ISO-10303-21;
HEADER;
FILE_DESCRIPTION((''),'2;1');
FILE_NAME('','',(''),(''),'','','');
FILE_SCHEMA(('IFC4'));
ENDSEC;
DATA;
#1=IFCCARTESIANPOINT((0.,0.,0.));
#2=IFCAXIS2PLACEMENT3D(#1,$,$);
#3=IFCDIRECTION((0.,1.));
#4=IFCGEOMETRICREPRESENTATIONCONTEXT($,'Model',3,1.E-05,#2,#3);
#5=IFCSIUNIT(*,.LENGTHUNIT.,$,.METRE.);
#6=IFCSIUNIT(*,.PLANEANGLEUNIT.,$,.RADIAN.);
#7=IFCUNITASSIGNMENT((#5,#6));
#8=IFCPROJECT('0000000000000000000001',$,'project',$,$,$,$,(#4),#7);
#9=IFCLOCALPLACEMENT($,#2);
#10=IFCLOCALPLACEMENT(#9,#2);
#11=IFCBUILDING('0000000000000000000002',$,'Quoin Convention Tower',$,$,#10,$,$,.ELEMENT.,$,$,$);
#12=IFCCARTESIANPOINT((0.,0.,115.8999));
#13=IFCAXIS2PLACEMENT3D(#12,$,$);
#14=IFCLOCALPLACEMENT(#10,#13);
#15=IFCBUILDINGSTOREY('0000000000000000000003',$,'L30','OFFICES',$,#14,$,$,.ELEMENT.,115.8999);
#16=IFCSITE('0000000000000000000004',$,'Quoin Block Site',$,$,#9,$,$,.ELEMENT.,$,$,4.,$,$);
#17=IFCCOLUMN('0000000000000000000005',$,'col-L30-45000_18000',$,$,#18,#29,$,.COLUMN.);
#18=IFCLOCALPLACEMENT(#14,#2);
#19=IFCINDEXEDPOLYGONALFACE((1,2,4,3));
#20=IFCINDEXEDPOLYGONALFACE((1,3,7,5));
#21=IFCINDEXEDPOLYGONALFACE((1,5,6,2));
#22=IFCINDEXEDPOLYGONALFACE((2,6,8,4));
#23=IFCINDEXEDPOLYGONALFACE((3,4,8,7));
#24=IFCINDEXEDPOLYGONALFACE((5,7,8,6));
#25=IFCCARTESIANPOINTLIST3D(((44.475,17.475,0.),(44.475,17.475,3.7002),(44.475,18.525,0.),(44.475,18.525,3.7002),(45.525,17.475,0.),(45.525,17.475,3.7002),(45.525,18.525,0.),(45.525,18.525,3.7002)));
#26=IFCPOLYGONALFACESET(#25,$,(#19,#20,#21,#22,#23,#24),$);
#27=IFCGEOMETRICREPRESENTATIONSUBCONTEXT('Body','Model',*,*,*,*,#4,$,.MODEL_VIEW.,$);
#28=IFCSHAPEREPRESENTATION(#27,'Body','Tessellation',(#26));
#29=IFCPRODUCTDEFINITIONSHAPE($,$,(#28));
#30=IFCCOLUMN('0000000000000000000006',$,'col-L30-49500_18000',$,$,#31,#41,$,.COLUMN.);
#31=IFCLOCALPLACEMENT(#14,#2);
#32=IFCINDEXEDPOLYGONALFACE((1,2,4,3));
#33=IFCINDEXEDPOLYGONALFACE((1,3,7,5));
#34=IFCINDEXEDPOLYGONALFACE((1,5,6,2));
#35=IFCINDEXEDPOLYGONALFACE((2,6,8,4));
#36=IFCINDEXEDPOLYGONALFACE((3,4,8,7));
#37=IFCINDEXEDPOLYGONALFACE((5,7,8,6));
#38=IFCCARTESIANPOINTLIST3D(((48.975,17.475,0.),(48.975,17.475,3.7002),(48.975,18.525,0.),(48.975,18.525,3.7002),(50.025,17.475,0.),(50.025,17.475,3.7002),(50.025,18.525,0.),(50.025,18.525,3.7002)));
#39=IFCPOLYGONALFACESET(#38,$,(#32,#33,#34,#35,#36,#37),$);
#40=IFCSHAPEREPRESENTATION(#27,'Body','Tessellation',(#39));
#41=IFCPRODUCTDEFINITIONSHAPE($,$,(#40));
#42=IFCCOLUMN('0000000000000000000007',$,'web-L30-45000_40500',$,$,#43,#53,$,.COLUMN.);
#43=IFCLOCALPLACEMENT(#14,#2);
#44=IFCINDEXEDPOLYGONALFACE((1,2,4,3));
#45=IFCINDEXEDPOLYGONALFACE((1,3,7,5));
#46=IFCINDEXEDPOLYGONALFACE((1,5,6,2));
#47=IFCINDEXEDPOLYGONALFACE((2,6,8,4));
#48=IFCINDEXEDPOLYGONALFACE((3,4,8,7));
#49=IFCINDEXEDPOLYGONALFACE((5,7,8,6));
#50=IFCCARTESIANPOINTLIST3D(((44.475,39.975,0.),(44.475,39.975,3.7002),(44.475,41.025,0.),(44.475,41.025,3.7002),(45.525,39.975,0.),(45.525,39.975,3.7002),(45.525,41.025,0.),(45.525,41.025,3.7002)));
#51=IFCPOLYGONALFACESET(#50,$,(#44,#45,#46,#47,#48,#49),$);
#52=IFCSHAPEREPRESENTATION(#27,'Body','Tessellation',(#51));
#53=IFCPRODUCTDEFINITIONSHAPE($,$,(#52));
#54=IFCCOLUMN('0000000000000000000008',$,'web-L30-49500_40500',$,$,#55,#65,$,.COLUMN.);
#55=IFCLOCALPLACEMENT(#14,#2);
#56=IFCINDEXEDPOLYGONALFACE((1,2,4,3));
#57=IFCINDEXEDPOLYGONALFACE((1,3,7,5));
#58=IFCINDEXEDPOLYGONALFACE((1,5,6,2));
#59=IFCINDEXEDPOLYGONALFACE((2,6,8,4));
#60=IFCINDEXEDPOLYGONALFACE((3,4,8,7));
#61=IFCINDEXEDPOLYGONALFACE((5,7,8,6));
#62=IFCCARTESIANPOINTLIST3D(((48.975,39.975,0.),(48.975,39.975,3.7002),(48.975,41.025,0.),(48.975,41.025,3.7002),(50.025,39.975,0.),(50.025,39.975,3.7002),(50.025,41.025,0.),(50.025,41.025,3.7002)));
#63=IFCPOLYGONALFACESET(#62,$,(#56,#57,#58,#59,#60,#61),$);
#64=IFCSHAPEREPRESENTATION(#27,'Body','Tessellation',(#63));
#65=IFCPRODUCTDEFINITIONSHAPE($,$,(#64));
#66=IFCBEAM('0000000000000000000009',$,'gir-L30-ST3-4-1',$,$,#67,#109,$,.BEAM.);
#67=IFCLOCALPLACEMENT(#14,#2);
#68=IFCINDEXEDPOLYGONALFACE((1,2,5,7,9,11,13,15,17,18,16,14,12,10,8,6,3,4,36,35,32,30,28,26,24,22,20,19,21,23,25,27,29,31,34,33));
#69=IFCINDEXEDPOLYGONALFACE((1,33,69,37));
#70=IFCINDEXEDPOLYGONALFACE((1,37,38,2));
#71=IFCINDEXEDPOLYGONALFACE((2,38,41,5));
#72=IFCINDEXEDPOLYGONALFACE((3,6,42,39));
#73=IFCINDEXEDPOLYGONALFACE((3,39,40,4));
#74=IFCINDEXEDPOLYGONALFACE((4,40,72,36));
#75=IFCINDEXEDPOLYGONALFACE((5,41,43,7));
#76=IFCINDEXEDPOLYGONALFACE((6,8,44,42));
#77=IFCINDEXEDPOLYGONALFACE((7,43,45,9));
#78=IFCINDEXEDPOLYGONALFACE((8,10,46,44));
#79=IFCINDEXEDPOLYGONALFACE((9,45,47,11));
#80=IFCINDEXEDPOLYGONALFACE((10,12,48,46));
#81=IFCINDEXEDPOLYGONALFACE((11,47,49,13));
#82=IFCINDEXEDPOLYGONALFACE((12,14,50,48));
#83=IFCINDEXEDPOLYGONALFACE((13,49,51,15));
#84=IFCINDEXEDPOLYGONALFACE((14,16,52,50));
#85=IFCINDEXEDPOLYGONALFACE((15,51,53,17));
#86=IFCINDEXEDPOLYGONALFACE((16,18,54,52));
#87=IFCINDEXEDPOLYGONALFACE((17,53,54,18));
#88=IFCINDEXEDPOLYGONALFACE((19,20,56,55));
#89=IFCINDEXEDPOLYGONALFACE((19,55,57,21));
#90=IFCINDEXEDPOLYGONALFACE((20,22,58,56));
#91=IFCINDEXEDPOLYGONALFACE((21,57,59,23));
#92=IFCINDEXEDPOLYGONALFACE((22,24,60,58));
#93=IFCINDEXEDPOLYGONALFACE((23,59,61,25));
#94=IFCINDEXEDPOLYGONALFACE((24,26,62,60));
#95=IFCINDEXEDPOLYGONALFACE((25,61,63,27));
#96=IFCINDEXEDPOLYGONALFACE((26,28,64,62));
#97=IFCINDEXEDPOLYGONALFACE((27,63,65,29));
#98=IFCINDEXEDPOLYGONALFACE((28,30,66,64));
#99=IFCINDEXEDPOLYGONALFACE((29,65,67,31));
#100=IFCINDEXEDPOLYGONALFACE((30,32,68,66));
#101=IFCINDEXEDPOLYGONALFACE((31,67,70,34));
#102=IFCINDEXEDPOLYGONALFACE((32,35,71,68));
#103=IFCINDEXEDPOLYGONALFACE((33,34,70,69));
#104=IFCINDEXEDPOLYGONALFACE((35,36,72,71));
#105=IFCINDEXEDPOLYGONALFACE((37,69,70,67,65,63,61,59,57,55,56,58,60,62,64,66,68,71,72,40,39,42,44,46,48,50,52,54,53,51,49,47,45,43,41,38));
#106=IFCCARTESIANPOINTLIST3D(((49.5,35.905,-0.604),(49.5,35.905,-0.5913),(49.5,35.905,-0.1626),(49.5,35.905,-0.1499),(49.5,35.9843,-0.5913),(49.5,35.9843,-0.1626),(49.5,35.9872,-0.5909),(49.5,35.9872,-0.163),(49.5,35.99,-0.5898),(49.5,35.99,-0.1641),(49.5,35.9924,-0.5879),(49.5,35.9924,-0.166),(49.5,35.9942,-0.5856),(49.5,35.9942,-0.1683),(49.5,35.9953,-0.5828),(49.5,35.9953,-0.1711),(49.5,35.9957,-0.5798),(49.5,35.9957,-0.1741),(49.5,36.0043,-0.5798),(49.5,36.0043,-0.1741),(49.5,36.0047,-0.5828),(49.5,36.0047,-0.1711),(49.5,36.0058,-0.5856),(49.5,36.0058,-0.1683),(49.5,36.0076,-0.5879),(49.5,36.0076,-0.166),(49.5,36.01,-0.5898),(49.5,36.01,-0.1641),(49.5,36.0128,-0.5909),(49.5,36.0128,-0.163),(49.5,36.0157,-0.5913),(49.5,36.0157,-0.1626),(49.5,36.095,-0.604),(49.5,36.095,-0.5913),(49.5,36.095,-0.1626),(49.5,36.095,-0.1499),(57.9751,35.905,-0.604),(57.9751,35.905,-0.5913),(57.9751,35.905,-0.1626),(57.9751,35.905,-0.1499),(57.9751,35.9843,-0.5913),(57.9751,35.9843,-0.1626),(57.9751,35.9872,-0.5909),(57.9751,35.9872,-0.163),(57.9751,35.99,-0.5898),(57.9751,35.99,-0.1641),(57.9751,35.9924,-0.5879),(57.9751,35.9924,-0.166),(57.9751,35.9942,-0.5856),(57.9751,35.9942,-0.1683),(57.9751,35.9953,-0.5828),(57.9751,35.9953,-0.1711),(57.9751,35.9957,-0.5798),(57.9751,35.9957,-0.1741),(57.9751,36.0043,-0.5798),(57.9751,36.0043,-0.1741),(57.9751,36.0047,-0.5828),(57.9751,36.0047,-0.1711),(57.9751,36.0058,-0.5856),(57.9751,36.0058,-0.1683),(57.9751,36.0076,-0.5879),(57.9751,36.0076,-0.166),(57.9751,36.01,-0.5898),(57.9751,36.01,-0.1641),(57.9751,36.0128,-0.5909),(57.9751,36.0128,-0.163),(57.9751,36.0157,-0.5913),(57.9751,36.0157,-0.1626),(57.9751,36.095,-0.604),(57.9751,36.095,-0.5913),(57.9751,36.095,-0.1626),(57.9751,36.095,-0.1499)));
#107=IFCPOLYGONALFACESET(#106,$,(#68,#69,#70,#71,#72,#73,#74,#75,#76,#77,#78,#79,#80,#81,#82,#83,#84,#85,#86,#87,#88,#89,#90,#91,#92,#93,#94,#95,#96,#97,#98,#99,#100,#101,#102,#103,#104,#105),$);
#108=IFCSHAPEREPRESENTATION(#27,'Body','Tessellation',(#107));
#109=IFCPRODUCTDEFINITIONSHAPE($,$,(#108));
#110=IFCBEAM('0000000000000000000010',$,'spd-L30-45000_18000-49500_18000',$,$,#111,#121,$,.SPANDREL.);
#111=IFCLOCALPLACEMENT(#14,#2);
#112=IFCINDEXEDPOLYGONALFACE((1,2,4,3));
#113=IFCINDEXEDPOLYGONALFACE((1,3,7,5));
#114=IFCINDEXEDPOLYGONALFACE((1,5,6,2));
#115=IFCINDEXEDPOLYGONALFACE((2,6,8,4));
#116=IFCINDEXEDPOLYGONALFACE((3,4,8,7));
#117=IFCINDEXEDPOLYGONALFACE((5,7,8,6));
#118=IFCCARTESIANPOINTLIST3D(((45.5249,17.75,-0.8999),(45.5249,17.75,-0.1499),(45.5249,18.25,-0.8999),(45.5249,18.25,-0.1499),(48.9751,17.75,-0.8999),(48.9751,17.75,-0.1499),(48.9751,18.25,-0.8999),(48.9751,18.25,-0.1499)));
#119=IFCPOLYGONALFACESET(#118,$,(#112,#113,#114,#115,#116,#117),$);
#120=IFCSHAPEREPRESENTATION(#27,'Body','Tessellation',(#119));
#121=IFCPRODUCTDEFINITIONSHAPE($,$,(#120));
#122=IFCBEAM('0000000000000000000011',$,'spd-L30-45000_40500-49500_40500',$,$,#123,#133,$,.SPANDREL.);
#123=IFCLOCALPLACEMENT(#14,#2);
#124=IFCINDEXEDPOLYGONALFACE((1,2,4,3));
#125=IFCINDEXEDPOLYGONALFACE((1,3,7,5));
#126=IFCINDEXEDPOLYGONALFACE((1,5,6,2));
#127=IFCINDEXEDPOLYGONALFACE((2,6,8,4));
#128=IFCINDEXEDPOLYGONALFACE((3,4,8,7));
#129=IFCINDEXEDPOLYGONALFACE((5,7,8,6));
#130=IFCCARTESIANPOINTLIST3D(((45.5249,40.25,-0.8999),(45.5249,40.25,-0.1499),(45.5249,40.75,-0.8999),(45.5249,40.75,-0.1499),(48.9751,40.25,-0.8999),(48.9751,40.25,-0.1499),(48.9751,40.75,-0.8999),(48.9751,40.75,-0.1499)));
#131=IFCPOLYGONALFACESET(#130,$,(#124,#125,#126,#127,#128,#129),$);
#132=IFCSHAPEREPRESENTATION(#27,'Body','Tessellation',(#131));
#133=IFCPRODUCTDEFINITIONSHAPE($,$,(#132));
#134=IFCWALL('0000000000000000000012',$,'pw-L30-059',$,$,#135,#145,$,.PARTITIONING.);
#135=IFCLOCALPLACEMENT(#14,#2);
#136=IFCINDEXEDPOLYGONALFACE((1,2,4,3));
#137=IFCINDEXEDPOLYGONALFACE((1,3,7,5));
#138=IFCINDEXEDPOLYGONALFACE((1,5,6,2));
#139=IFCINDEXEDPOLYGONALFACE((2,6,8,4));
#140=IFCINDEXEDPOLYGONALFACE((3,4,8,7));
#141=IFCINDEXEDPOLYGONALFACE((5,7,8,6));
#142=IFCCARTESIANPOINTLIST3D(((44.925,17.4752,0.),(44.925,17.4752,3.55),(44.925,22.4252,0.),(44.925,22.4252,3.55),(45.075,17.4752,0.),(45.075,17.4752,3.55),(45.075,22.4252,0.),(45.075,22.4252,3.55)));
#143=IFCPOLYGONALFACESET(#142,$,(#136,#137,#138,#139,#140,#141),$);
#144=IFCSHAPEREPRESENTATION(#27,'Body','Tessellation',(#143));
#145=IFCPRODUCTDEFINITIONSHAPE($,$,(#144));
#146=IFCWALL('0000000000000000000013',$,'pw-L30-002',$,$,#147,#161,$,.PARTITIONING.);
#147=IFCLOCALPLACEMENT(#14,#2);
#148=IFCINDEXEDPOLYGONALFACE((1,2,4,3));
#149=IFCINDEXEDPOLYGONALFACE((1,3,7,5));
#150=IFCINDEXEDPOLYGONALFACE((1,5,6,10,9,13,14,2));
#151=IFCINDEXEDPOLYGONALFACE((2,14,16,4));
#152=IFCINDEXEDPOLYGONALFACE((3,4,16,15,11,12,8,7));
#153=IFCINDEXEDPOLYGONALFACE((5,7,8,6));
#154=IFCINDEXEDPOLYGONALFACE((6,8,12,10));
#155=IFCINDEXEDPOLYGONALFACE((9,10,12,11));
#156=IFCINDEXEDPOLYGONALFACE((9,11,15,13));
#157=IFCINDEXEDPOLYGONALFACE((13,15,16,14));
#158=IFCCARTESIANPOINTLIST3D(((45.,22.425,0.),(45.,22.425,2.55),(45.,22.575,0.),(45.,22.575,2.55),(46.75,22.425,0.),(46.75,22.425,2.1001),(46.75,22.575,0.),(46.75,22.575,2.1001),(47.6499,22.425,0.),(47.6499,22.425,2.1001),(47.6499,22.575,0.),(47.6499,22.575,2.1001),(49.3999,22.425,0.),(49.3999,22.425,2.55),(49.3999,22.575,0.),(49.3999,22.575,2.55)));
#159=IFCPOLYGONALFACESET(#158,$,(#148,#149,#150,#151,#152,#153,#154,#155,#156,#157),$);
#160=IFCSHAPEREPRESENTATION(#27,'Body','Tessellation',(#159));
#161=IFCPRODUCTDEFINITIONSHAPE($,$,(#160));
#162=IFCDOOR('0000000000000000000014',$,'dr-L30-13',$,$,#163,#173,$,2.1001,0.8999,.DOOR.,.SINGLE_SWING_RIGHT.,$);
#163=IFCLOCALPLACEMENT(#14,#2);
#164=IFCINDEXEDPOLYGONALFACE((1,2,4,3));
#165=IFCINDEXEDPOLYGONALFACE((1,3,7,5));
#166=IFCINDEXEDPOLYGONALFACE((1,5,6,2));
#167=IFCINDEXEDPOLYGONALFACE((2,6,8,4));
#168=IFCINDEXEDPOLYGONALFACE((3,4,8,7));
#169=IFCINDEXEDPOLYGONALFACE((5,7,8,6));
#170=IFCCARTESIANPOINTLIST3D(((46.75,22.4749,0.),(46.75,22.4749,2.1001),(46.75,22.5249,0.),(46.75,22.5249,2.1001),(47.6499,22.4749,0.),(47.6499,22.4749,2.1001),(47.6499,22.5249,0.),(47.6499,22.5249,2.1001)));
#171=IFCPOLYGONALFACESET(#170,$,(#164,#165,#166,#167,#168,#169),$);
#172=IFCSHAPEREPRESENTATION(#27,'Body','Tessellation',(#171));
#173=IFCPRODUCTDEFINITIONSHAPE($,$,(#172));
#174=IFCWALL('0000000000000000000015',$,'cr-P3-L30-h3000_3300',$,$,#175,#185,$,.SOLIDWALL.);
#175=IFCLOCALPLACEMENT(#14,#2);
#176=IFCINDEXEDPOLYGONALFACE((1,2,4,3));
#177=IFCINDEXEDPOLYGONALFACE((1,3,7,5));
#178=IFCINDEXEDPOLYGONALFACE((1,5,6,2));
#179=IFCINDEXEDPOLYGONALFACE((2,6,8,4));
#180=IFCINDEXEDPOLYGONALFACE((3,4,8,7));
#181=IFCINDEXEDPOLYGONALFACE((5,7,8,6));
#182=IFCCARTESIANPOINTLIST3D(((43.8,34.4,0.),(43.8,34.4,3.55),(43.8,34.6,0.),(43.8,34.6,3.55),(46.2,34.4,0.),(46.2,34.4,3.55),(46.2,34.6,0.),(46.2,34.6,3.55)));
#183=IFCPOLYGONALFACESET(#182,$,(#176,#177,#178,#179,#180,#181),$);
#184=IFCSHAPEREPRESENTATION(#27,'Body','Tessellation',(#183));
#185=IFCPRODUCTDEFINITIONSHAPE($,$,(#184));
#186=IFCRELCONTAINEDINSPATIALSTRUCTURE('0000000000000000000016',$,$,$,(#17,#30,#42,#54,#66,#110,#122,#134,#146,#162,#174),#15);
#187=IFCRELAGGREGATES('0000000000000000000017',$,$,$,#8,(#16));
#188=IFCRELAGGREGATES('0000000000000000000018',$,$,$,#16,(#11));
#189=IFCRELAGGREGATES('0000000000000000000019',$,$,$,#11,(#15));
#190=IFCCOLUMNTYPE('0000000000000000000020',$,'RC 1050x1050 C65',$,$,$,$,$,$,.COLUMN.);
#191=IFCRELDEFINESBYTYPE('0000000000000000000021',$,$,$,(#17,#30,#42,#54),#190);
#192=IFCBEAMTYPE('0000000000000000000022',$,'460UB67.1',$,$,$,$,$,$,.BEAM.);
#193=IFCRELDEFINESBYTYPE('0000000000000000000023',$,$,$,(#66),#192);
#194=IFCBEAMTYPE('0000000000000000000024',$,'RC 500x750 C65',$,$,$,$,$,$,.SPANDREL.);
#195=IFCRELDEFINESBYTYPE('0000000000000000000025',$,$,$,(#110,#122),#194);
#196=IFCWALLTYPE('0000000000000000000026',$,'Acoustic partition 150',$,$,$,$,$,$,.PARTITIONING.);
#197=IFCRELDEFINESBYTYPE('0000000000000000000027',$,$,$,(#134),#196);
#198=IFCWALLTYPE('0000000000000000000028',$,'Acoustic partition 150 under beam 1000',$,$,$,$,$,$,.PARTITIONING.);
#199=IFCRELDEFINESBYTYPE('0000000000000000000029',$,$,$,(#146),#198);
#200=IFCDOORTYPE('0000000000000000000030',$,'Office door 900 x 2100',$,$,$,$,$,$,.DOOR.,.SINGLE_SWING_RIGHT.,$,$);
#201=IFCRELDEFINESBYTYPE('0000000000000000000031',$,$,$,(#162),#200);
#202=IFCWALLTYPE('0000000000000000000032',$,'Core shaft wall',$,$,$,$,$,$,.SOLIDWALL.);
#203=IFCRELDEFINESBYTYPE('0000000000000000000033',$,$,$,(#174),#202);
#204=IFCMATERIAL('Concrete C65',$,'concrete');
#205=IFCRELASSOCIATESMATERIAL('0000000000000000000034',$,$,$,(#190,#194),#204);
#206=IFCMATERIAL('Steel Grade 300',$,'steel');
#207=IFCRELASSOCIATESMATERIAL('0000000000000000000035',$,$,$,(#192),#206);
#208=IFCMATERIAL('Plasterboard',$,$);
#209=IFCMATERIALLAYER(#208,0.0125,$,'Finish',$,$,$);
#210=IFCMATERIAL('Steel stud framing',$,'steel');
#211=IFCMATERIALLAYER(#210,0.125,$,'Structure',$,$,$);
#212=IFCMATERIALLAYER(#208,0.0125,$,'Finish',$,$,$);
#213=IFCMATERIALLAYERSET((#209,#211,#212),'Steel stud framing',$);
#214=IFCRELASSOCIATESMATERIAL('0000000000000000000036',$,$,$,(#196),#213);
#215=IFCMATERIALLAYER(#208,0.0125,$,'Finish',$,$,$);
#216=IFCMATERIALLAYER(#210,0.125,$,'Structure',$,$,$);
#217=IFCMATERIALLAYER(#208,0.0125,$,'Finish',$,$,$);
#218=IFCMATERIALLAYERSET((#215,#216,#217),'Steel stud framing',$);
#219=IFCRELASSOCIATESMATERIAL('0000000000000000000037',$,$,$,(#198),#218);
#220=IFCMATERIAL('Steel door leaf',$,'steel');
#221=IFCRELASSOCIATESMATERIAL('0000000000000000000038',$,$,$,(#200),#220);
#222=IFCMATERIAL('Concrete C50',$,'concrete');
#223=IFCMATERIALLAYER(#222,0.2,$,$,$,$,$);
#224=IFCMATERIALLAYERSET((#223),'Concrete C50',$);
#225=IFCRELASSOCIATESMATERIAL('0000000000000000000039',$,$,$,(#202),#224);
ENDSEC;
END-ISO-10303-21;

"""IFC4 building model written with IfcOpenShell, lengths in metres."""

from ifc_helpers import new_model, si_unit, direction, frame, frame_2d, origin, origin_2d, place, context, subcontext, project, spatial, rectangle, i_section, extrude, material, layer, layer_set, material_profile, profile_set, type_object, element, fill, save


model = new_model("IFC4")

# Units and contexts
model_context = context("Model", 3, precision=1e-05, world=origin(), true_north=direction((0.0, 1.0)))
body_context = subcontext(model_context, "Body", "Model", "MODEL_VIEW")
ifc_project = project(units=[si_unit("LENGTHUNIT", "METRE"), si_unit("PLANEANGLEUNIT", "RADIAN")], contexts=[model_context])

# Site, building, storey
site_placement = place(None, origin())
site = spatial("IfcSite", under=ifc_project, at=site_placement, Name="Quoin Block Site", CompositionType="ELEMENT", RefElevation=4.0)
building_placement = place(site_placement, origin())
building = spatial("IfcBuilding", under=site, at=building_placement, Name="Quoin Convention Tower", CompositionType="ELEMENT")
storey_placement = place(building_placement, frame((0.0, 0.0, 115.8999)))
storey = spatial("IfcBuildingStorey", under=building, at=storey_placement, Name="L30", Description="OFFICES", CompositionType="ELEMENT", Elevation=115.8999)

# Columns
ifc_material_1 = material(Name="Concrete C65", Category="concrete")
ifc_material_profile_1 = material_profile(ifc_material_1, rectangle(XDim=1.05, YDim=1.05, at=origin_2d()), Name="RC 1050x1050")
ifc_profile_set_1 = profile_set([ifc_material_profile_1], Name="Concrete C65")
column_type = type_object("IfcColumnType", Name="RC 1050x1050 C65", PredefinedType="COLUMN", material=ifc_profile_set_1)
for number, where, z_axis, x_axis, name in (
    (1, (45.0, 18.0, 0.0), (0.0, 0.0, 1.0), (1.0, 0.0, 0.0), "col-L30-45000_18000"),
    (2, (49.5, 18.0, 0.0), (0.0, 0.0, 1.0), (1.0, 0.0, 0.0), "col-L30-49500_18000"),
    (3, (45.0, 40.5, 0.0), (0.0, 0.0, 1.0), (1.0, 0.0, 0.0), "web-L30-45000_40500"),
    (4, (49.5, 40.5, 0.0), (0.0, 0.0, 1.0), (1.0, 0.0, 0.0), "web-L30-49500_40500"),
):
    element("IfcColumn", number, at=place(storey_placement, frame(where, z_axis=z_axis, x_axis=x_axis)), inside=storey, type_object=column_type, Name=name, PredefinedType="COLUMN", context=body_context, shape_type="SweptSolid", body=[
        extrude(rectangle(XDim=1.05, YDim=1.05, at=origin_2d()), origin(), (0.0, 0.0, 1.0), 3.7002),
    ])

# Beams
ifc_material_2 = material(Name="Steel Grade 300", Category="steel")
ifc_material_profile_2 = material_profile(ifc_material_2, i_section(OverallWidth=0.1899, OverallDepth=0.4541, WebThickness=0.0085, FlangeThickness=0.0127, FilletRadius=0.0115, at=origin_2d()), Name="460UB67.1")
ifc_profile_set_2 = profile_set([ifc_material_profile_2], Name="Steel Grade 300")
beam_type_1 = type_object("IfcBeamType", Name="460UB67.1", PredefinedType="BEAM", material=ifc_profile_set_2)
beam_placement = place(storey_placement, frame((49.5, 36.0, -0.377), z_axis=(1.0, 0.0, 0.0), x_axis=(0.0, 1.0, 0.0)))
element("IfcBeam", 5, at=beam_placement, inside=storey, type_object=beam_type_1, Name="gir-L30-ST3-4-1", PredefinedType="BEAM", context=body_context, shape_type="SweptSolid", body=[
    extrude(i_section(OverallWidth=0.1899, OverallDepth=0.4541, WebThickness=0.0085, FlangeThickness=0.0127, FilletRadius=0.0115, at=origin_2d()), origin(), (0.0, 0.0, 1.0), 8.4751),
])
ifc_material_profile_3 = material_profile(ifc_material_1, rectangle(XDim=0.5, YDim=0.75, at=origin_2d()), Name="RC 500x750")
ifc_profile_set_3 = profile_set([ifc_material_profile_3], Name="Concrete C65")
beam_type_2 = type_object("IfcBeamType", Name="RC 500x750 C65", PredefinedType="SPANDREL", material=ifc_profile_set_3)
for number, where, z_axis, x_axis, name in (
    (6, (45.5249, 18.0, -0.5249), (1.0, 0.0, 0.0), (0.0, 1.0, 0.0), "spd-L30-45000_18000-49500_18000"),
    (7, (45.5249, 40.5, -0.5249), (1.0, 0.0, 0.0), (0.0, 1.0, 0.0), "spd-L30-45000_40500-49500_40500"),
):
    element("IfcBeam", number, at=place(storey_placement, frame(where, z_axis=z_axis, x_axis=x_axis)), inside=storey, type_object=beam_type_2, Name=name, PredefinedType="SPANDREL", context=body_context, shape_type="SweptSolid", body=[
        extrude(rectangle(XDim=0.5, YDim=0.75, at=origin_2d()), origin(), (0.0, 0.0, 1.0), 3.4502),
    ])

# Wall
ifc_material_3 = material(Name="Plasterboard")
ifc_layer_1 = layer(ifc_material_3, 0.0125, Name="Finish")
ifc_material_4 = material(Name="Steel stud framing", Category="steel")
ifc_layer_2 = layer(ifc_material_4, 0.125, Name="Structure")
ifc_layer_3 = layer(ifc_material_3, 0.0125, Name="Finish")
ifc_layer_set_1 = layer_set([ifc_layer_1, ifc_layer_2, ifc_layer_3], Name="Steel stud framing")
wall_type_1 = type_object("IfcWallType", Name="Acoustic partition 150", PredefinedType="PARTITIONING", material=ifc_layer_set_1)
wall_1_placement = place(storey_placement, frame((45.0, 17.4751, 0.0), z_axis=(0.0, 0.0, 1.0), x_axis=(0.0, 1.0, 0.0)))
element("IfcWall", 8, at=wall_1_placement, inside=storey, type_object=wall_type_1, Name="pw-L30-059", PredefinedType="PARTITIONING", context=body_context, shape_type="SweptSolid", body=[
    extrude(rectangle(XDim=4.95, YDim=0.1499, at=frame_2d((2.4751, 0.0))), origin(), (0.0, 0.0, 1.0), 3.55),
])

# Wall, opening, door
ifc_layer_4 = layer(ifc_material_3, 0.0125, Name="Finish")
ifc_layer_5 = layer(ifc_material_4, 0.125, Name="Structure")
ifc_layer_6 = layer(ifc_material_3, 0.0125, Name="Finish")
ifc_layer_set_2 = layer_set([ifc_layer_4, ifc_layer_5, ifc_layer_6], Name="Steel stud framing")
wall_type_2 = type_object("IfcWallType", Name="Acoustic partition 150 under beam 1000", PredefinedType="PARTITIONING", material=ifc_layer_set_2)
wall_2_placement = place(storey_placement, frame((45.0, 22.5, 0.0), z_axis=(0.0, 0.0, 1.0), x_axis=(1.0, 0.0, 0.0)))
wall_2 = element("IfcWall", 9, at=wall_2_placement, inside=storey, type_object=wall_type_2, Name="pw-L30-002", PredefinedType="PARTITIONING", context=body_context, shape_type="SweptSolid", body=[
    extrude(rectangle(XDim=4.3999, YDim=0.1499, at=frame_2d((2.2, 0.0))), origin(), (0.0, 0.0, 1.0), 2.55),
])
opening_1_placement = place(wall_2_placement, frame((1.75, 0.0, 0.0)))
opening_1 = element("IfcOpeningElement", 10, at=opening_1_placement, cuts=wall_2, PredefinedType="OPENING", context=body_context, shape_type="SweptSolid", body=[
    extrude(rectangle(XDim=0.8999, YDim=2.1001, at=frame_2d((0.45, 1.05))), frame((0.0, 0.085, 0.0), z_axis=(0.0, -1.0, 0.0), x_axis=(1.0, 0.0, 0.0)), (0.0, 0.0, 1.0), 0.1699),
])
ifc_material_5 = material(Name="Steel door leaf", Category="steel")
door_type_1 = type_object("IfcDoorType", Name="Office door 900 x 2100", OperationType="SINGLE_SWING_RIGHT", PredefinedType="DOOR", material=ifc_material_5)
door_1_placement = place(opening_1_placement, origin())
door_1 = element("IfcDoor", 11, at=door_1_placement, inside=storey, type_object=door_type_1, Name="dr-L30-13", OperationType="SINGLE_SWING_RIGHT", OverallHeight=2.1001, OverallWidth=0.8999, PredefinedType="DOOR", context=body_context, shape_type="SweptSolid", body=[
    extrude(rectangle(XDim=0.8999, YDim=2.1001, at=frame_2d((0.45, 1.05))), frame((0.0, 0.0249, 0.0), z_axis=(0.0, -1.0, 0.0), x_axis=(1.0, 0.0, 0.0)), (0.0, 0.0, 1.0), 0.05),
])
fill(opening_1, door_1)

# Wall
ifc_material_6 = material(Name="Concrete C50", Category="concrete")
ifc_layer_7 = layer(ifc_material_6, 0.2)
ifc_layer_set_3 = layer_set([ifc_layer_7], Name="Concrete C50")
wall_type_3 = type_object("IfcWallType", Name="Core shaft wall", PredefinedType="SOLIDWALL", material=ifc_layer_set_3)
wall_3_placement = place(storey_placement, frame((43.8, 34.5, 0.0), z_axis=(0.0, 0.0, 1.0), x_axis=(1.0, 0.0, 0.0)))
element("IfcWall", 12, at=wall_3_placement, inside=storey, type_object=wall_type_3, Name="cr-P3-L30-h3000_3300", PredefinedType="SOLIDWALL", context=body_context, shape_type="SweptSolid", body=[
    extrude(rectangle(XDim=2.3999, YDim=0.2, at=frame_2d((1.2, 0.0))), origin(), (0.0, 0.0, 1.0), 3.55),
])

save(model, "model.ifc")
